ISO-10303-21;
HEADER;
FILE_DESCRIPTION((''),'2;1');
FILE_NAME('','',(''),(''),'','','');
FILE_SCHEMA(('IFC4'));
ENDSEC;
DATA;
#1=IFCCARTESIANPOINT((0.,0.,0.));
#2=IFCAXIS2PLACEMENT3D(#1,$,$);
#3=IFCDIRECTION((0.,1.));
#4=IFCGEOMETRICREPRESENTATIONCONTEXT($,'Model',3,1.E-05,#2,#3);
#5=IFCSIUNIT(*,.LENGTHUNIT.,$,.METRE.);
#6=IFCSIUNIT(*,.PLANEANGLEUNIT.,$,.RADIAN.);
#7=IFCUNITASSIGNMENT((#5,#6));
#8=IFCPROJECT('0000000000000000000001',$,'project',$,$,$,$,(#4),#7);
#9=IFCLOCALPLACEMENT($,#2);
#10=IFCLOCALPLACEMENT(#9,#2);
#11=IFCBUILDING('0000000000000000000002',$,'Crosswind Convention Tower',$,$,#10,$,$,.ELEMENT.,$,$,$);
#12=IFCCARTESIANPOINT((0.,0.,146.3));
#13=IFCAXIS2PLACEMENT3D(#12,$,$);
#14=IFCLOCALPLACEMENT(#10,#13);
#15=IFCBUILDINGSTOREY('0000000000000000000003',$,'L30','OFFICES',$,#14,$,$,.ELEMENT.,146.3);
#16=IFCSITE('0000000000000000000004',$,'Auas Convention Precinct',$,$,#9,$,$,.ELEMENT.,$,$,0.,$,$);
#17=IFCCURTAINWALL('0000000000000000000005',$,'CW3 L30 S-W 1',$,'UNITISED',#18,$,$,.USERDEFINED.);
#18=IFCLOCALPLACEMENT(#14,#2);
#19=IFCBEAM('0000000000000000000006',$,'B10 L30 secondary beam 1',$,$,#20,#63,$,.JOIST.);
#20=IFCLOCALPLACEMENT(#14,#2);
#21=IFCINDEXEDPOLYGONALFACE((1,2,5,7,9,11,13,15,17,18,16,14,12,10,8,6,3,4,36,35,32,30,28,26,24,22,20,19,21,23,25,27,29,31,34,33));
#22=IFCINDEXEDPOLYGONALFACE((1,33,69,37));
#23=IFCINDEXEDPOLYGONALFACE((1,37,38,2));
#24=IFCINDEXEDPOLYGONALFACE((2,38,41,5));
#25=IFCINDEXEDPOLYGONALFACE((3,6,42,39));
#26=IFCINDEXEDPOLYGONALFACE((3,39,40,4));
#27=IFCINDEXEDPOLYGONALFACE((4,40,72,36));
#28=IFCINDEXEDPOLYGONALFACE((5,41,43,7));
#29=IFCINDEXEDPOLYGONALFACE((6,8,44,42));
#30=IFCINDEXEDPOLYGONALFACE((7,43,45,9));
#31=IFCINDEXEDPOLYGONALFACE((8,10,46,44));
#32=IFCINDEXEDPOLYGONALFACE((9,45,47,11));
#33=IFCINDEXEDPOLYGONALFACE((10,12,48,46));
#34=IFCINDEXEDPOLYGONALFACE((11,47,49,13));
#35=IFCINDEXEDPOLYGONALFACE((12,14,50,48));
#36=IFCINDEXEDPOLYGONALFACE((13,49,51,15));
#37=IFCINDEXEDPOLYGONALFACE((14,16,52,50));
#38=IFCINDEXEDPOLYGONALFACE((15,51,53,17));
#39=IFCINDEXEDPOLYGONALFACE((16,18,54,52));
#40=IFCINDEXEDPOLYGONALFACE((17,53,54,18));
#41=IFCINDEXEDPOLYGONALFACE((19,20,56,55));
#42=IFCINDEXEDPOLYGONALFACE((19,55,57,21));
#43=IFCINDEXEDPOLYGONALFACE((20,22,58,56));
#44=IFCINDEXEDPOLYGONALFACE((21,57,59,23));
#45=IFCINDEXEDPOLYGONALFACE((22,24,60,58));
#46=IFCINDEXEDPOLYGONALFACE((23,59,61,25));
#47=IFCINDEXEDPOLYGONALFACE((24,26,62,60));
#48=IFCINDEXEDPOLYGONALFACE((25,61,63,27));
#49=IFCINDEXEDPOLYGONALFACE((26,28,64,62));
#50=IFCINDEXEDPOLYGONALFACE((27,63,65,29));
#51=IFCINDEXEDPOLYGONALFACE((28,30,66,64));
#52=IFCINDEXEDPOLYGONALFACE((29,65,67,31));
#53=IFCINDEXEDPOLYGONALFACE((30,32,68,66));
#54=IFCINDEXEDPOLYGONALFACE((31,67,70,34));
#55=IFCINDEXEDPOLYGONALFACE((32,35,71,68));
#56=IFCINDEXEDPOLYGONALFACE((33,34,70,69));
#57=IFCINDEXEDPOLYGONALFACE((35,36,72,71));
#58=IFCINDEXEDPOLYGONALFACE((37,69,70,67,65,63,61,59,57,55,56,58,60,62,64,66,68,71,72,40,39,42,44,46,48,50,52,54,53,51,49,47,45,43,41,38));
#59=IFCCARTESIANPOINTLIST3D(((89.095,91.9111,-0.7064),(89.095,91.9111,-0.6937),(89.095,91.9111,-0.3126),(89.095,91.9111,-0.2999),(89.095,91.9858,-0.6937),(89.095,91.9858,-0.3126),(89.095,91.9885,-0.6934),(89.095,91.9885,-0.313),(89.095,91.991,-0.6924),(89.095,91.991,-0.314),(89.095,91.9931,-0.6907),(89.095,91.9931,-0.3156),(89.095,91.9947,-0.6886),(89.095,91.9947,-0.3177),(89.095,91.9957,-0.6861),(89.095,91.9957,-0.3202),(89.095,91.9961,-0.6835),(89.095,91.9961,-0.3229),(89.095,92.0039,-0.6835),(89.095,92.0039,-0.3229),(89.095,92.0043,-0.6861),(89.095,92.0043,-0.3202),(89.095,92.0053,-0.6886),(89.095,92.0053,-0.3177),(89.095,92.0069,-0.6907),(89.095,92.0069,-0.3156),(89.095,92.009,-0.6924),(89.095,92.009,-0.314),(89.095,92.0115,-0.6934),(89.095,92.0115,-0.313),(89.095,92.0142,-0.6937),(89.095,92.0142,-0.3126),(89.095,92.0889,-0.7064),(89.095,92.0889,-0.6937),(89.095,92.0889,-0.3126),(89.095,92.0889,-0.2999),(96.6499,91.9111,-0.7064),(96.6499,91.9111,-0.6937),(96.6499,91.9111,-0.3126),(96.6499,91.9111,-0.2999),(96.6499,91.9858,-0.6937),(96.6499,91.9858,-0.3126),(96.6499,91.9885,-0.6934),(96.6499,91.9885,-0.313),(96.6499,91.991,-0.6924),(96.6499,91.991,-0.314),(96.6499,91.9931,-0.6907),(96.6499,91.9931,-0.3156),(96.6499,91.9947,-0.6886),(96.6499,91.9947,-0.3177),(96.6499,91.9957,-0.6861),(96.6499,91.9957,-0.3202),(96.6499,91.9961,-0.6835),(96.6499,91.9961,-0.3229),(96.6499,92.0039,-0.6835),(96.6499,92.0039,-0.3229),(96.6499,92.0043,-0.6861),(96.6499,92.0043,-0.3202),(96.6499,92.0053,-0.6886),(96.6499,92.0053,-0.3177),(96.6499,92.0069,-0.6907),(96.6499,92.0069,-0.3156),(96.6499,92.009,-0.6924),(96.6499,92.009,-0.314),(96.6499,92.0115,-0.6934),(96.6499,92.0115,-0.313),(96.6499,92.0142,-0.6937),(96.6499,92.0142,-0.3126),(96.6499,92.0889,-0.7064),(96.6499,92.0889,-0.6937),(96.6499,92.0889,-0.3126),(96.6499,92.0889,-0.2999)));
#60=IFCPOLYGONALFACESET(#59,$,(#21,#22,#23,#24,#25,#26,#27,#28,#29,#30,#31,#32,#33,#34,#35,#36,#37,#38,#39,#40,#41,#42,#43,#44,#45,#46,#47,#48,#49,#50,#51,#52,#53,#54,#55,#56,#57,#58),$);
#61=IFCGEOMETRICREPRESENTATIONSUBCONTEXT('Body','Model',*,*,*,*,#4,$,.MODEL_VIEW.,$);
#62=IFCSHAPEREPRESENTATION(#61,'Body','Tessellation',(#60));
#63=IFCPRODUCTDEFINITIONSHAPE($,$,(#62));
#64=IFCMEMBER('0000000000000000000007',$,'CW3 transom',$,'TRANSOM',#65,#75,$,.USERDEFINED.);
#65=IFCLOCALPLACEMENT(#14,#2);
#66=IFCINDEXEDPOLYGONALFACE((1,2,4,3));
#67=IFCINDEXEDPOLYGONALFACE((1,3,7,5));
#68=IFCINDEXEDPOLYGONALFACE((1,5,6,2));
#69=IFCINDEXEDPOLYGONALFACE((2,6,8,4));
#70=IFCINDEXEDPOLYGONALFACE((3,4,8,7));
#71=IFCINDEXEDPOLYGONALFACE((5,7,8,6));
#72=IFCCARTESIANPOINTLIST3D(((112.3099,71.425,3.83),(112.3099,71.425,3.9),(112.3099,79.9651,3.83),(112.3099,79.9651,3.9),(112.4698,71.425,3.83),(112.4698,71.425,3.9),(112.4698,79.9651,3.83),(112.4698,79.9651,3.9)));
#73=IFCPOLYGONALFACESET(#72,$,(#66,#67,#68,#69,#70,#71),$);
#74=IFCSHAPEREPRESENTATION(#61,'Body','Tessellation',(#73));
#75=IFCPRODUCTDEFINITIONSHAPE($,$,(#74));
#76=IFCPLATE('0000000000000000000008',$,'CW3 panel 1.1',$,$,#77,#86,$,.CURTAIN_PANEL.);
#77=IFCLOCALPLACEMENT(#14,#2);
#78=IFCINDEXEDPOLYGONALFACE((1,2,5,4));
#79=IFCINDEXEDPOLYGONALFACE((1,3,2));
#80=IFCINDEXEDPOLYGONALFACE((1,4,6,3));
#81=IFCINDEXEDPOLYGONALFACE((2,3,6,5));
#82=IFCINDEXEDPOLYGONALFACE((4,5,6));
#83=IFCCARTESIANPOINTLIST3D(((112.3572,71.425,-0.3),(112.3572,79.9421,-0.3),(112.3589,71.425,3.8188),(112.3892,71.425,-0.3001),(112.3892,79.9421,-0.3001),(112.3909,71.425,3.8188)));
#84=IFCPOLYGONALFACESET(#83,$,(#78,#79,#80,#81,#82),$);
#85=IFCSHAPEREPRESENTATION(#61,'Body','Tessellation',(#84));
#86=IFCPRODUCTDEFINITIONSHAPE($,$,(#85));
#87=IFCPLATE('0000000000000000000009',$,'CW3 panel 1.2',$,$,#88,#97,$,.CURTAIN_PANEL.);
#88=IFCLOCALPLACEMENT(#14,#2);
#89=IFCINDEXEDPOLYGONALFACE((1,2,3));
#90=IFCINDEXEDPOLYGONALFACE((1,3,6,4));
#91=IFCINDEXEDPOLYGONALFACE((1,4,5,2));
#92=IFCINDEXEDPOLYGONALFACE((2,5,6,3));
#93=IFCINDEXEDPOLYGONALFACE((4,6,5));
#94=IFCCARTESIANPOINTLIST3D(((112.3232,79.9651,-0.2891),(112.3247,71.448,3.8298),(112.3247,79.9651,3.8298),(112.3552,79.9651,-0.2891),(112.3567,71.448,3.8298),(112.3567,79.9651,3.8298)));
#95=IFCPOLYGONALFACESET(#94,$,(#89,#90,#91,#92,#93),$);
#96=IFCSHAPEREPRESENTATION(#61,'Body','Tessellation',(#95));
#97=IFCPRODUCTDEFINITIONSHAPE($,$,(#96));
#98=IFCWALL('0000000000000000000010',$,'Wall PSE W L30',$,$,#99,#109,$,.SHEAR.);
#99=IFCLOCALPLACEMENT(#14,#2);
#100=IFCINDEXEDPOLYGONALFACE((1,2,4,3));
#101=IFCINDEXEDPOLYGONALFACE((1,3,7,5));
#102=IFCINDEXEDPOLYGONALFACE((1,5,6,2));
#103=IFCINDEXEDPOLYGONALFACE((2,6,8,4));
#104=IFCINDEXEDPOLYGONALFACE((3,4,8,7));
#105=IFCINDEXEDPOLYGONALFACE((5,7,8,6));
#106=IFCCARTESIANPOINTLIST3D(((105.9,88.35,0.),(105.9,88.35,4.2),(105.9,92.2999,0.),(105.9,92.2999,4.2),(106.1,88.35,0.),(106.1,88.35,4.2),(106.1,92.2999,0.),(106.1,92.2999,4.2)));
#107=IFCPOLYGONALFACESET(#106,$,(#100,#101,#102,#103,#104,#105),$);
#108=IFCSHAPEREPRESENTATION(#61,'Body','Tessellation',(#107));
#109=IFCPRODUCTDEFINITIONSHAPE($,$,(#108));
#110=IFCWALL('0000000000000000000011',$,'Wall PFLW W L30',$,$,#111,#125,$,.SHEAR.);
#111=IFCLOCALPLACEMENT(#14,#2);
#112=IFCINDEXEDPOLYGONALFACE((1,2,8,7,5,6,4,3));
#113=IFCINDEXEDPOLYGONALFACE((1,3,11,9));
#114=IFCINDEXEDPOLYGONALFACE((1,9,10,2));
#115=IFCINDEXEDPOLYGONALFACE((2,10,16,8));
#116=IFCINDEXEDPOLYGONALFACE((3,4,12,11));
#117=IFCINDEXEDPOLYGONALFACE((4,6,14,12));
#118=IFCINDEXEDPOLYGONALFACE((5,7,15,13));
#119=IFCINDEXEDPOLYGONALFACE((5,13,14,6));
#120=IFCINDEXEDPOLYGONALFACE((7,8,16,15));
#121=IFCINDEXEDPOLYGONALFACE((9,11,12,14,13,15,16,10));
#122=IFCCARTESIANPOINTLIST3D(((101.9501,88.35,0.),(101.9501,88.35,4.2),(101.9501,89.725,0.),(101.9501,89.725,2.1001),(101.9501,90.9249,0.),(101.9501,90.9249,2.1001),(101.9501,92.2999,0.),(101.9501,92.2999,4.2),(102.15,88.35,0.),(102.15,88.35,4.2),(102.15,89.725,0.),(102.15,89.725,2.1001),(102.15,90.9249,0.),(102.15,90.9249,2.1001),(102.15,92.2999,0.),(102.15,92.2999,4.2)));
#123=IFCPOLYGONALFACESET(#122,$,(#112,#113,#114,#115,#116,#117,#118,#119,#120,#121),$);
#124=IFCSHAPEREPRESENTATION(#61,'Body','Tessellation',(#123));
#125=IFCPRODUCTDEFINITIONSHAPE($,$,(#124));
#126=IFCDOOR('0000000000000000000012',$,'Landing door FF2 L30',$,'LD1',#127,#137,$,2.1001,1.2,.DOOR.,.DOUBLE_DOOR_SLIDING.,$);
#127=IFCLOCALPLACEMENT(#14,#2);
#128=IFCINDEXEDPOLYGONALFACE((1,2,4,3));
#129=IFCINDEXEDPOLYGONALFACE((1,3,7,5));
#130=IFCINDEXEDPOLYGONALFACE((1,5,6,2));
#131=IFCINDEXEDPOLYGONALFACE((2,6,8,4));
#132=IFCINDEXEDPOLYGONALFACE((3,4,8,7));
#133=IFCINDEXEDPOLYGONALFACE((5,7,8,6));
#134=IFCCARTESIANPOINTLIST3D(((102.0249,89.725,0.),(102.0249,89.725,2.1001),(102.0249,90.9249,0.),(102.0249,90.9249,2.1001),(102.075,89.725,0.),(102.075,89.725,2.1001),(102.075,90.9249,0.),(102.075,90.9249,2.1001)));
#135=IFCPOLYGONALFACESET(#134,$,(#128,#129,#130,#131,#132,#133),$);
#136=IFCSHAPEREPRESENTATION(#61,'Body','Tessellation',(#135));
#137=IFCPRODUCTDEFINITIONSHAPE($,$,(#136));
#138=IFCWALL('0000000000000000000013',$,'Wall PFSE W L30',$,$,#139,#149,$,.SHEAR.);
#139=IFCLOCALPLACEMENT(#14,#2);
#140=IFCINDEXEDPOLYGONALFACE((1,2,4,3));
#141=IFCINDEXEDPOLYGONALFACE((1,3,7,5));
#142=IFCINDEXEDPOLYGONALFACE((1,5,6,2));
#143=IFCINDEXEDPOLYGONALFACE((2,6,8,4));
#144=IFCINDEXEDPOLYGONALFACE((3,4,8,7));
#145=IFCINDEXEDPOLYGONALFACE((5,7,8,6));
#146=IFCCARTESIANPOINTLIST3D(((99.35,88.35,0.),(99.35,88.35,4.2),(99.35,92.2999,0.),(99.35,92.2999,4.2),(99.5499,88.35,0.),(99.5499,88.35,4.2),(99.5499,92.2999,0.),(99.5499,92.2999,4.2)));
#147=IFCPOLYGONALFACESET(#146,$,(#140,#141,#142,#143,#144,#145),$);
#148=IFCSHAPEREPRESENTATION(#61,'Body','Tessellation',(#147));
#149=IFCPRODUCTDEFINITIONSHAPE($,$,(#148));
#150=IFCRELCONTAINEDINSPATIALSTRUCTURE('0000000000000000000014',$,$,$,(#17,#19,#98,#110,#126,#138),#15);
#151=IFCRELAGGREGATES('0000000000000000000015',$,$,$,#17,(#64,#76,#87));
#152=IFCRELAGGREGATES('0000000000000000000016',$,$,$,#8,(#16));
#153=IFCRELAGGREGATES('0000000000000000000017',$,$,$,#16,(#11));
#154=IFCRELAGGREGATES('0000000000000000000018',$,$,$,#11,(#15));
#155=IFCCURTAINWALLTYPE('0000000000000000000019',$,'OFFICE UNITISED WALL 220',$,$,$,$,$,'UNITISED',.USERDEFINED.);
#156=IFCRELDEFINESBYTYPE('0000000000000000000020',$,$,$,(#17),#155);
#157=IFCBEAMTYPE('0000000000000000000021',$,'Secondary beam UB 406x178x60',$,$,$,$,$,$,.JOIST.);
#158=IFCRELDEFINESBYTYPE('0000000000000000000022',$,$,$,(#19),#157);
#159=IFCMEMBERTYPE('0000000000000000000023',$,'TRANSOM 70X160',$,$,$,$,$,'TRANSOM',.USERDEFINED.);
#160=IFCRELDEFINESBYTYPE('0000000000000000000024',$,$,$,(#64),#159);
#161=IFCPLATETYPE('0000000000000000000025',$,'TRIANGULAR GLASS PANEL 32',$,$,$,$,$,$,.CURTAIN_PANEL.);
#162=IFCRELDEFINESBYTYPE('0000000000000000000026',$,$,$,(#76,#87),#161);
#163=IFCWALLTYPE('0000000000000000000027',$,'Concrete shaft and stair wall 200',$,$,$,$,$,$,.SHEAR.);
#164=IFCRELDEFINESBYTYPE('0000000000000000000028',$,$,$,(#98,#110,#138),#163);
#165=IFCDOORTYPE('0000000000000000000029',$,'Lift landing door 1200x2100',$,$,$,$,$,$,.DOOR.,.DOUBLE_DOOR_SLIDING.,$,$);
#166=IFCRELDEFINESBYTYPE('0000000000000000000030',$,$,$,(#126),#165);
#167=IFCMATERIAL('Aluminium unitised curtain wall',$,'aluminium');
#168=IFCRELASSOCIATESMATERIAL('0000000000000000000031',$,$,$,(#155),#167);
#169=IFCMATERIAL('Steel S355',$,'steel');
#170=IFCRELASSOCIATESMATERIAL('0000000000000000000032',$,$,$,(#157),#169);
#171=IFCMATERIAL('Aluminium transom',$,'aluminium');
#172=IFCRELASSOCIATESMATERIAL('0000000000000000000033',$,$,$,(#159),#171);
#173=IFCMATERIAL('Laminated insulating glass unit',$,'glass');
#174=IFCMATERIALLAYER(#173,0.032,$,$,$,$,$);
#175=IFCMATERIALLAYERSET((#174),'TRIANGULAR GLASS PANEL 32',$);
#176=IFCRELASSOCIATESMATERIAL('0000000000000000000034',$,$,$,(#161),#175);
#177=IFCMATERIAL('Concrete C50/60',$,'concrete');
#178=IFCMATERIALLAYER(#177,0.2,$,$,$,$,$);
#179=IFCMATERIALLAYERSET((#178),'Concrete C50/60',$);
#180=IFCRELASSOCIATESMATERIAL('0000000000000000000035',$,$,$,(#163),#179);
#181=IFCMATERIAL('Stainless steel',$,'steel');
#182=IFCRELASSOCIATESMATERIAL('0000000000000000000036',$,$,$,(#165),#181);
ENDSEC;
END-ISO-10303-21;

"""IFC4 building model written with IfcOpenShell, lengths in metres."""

from ifc_helpers import new_model, si_unit, direction, frame, frame_2d, origin, origin_2d, place, context, subcontext, project, spatial, polyline, rectangle, i_section, outline, extrude, material, layer, layer_set, material_profile, profile_set, type_object, element, fill, aggregate, save


model = new_model("IFC4")

# Units and contexts
model_context = context("Model", 3, precision=1e-05, world=origin(), true_north=direction((0.0, 1.0)))
body_context = subcontext(model_context, "Body", "Model", "MODEL_VIEW")
ifc_project = project(units=[si_unit("LENGTHUNIT", "METRE"), si_unit("PLANEANGLEUNIT", "RADIAN")], contexts=[model_context])

# Site, building, storey
site_placement = place(None, origin())
site = spatial("IfcSite", under=ifc_project, at=site_placement, Name="Auas Convention Precinct", CompositionType="ELEMENT", RefElevation=0.0)
building_placement = place(site_placement, origin())
building = spatial("IfcBuilding", under=site, at=building_placement, Name="Crosswind Convention Tower", CompositionType="ELEMENT")
storey_placement = place(building_placement, frame((0.0, 0.0, 146.3)))
storey = spatial("IfcBuildingStorey", under=building, at=storey_placement, Name="L30", Description="OFFICES", CompositionType="ELEMENT", Elevation=146.3)

# Shared definitions
ifc_material_1 = material(Name="Steel S355", Category="steel")

# Curtain wall
ifc_material_2 = material(Name="Aluminium unitised curtain wall", Category="aluminium")
curtain_wall_type_1 = type_object("IfcCurtainWallType", Name="OFFICE UNITISED WALL 220", ElementType="UNITISED", PredefinedType="USERDEFINED", material=ifc_material_2)
curtain_wall_1_placement = place(storey_placement, origin())
curtain_wall_1 = element("IfcCurtainWall", 1, at=curtain_wall_1_placement, inside=storey, type_object=curtain_wall_type_1, Name="CW3 L30 S-W 1", ObjectType="UNITISED", PredefinedType="USERDEFINED")

# Beam
ifc_material_profile_1 = material_profile(ifc_material_1, i_section(OverallWidth=0.1777, OverallDepth=0.4065, WebThickness=0.0078, FlangeThickness=0.0127, FilletRadius=0.0103, at=origin_2d()), Name="UB 406x178x60")
ifc_profile_set_1 = profile_set([ifc_material_profile_1], Name="Steel S355")
beam_type_1 = type_object("IfcBeamType", Name="Secondary beam UB 406x178x60", PredefinedType="JOIST", material=ifc_profile_set_1)
beam_1_placement = place(storey_placement, frame((89.095, 92.0, -0.5032), z_axis=(1.0, 0.0, 0.0), x_axis=(0.0, 1.0, 0.0)))
element("IfcBeam", 2, at=beam_1_placement, inside=storey, type_object=beam_type_1, Name="B10 L30 secondary beam 1", PredefinedType="JOIST", context=body_context, shape_type="SweptSolid", body=[
    extrude(i_section(OverallWidth=0.1777, OverallDepth=0.4065, WebThickness=0.0078, FlangeThickness=0.0127, FilletRadius=0.0103, at=origin_2d()), origin(), (0.0, 0.0, 1.0), 7.5549),
])

# Member
ifc_material_3 = material(Name="Aluminium transom", Category="aluminium")
ifc_material_profile_2 = material_profile(ifc_material_3, rectangle(XDim=0.1599, YDim=0.0701, at=origin_2d()), Name="AL 160X70")
ifc_profile_set_2 = profile_set([ifc_material_profile_2], Name="Aluminium transom")
member_type_1 = type_object("IfcMemberType", Name="TRANSOM 70X160", ElementType="TRANSOM", PredefinedType="USERDEFINED", material=ifc_profile_set_2)
member_1_placement = place(storey_placement, frame((112.3899, 79.9651, 3.865), z_axis=(0.0, -1.0, 0.0), x_axis=(1.0, 0.0, 0.0)))
member_1 = element("IfcMember", 3, at=member_1_placement, type_object=member_type_1, Name="CW3 transom", ObjectType="TRANSOM", PredefinedType="USERDEFINED", context=body_context, shape_type="SweptSolid", body=[
    extrude(rectangle(XDim=0.1599, YDim=0.0701, at=origin_2d()), origin(), (0.0, 0.0, 1.0), 8.54),
])

# Plates
ifc_material_4 = material(Name="Laminated insulating glass unit", Category="glass")
ifc_layer_1 = layer(ifc_material_4, 0.032)
ifc_layer_set_1 = layer_set([ifc_layer_1], Name="TRIANGULAR GLASS PANEL 32")
plate_type = type_object("IfcPlateType", Name="TRIANGULAR GLASS PANEL 32", PredefinedType="CURTAIN_PANEL", material=ifc_layer_set_1)
plate_1_placement = place(storey_placement, frame((112.3572, 71.425, -0.3), z_axis=(-1.0, 0.0, 0.000415), x_axis=(0.000415, 0.0, 1.0)))
plate_1 = element("IfcPlate", 4, at=plate_1_placement, type_object=plate_type, Name="CW3 panel 1.1", PredefinedType="CURTAIN_PANEL", context=body_context, shape_type="SweptSolid", body=[
    extrude(outline(polyline([(0.0, 0.0), (4.1189, 0.0), (0.0, 8.5171), (0.0, 0.0)])), origin(), (0.0, 0.0, -1.0), 0.032),
])
plate_2_placement = place(storey_placement, frame((112.3247, 79.9651, 3.8298), z_axis=(-1.0, 0.0, 0.000356), x_axis=(-0.000356, 0.0, -1.0)))
plate_2 = element("IfcPlate", 5, at=plate_2_placement, type_object=plate_type, Name="CW3 panel 1.2", PredefinedType="CURTAIN_PANEL", context=body_context, shape_type="SweptSolid", body=[
    extrude(outline(polyline([(0.0, 0.0), (4.1189, 0.0), (0.0, 8.5171), (0.0, 0.0)])), origin(), (0.0, 0.0, -1.0), 0.032),
])

# Wall
ifc_material_5 = material(Name="Concrete C50/60", Category="concrete")
ifc_layer_2 = layer(ifc_material_5, 0.2)
ifc_layer_set_2 = layer_set([ifc_layer_2], Name="Concrete C50/60")
wall_type_1 = type_object("IfcWallType", Name="Concrete shaft and stair wall 200", PredefinedType="SHEAR", material=ifc_layer_set_2)
wall_1_placement = place(storey_placement, frame((106.0, 92.3, 0.0), z_axis=(0.0, 0.0, 1.0), x_axis=(0.0, -1.0, 0.0)))
element("IfcWall", 6, at=wall_1_placement, inside=storey, type_object=wall_type_1, Name="Wall PSE W L30", PredefinedType="SHEAR", context=body_context, shape_type="SweptSolid", body=[
    extrude(rectangle(XDim=3.95, YDim=0.2, at=frame_2d((1.9751, 0.0))), origin(), (0.0, 0.0, 1.0), 4.2),
])

# Wall, opening, door
wall_2_placement = place(storey_placement, frame((102.05, 92.3, 0.0), z_axis=(0.0, 0.0, 1.0), x_axis=(0.0, -1.0, 0.0)))
wall_2 = element("IfcWall", 7, at=wall_2_placement, inside=storey, type_object=wall_type_1, Name="Wall PFLW W L30", PredefinedType="SHEAR", context=body_context, shape_type="SweptSolid", body=[
    extrude(rectangle(XDim=3.95, YDim=0.2, at=frame_2d((1.9751, 0.0))), origin(), (0.0, 0.0, 1.0), 4.2),
])
opening_1_placement = place(wall_2_placement, frame((1.375, 0.0, 0.0)))
opening_1 = element("IfcOpeningElement", 8, at=opening_1_placement, cuts=wall_2, PredefinedType="OPENING", context=body_context, shape_type="SweptSolid", body=[
    extrude(rectangle(XDim=1.2, YDim=2.1001, at=frame_2d((0.6001, 1.05))), frame((0.0, 0.1099, 0.0), z_axis=(0.0, -1.0, 0.0), x_axis=(1.0, 0.0, 0.0)), (0.0, 0.0, 1.0), 0.22),
])
ifc_material_6 = material(Name="Stainless steel", Category="steel")
door_type_1 = type_object("IfcDoorType", Name="Lift landing door 1200x2100", OperationType="DOUBLE_DOOR_SLIDING", PredefinedType="DOOR", material=ifc_material_6)
door_1_placement = place(opening_1_placement, origin())
door_1 = element("IfcDoor", 9, at=door_1_placement, inside=storey, type_object=door_type_1, Name="Landing door FF2 L30", ObjectType="LD1", OperationType="DOUBLE_DOOR_SLIDING", OverallHeight=2.1001, OverallWidth=1.2, PredefinedType="DOOR", context=body_context, shape_type="SweptSolid", body=[
    extrude(rectangle(XDim=1.2, YDim=2.1001, at=frame_2d((0.6001, 1.05))), frame((0.0, 0.0249, 0.0), z_axis=(0.0, -1.0, 0.0), x_axis=(1.0, 0.0, 0.0)), (0.0, 0.0, 1.0), 0.05),
])
fill(opening_1, door_1)

# Wall
wall_3_placement = place(storey_placement, frame((99.45, 92.3, 0.0), z_axis=(0.0, 0.0, 1.0), x_axis=(0.0, -1.0, 0.0)))
element("IfcWall", 10, at=wall_3_placement, inside=storey, type_object=wall_type_1, Name="Wall PFSE W L30", PredefinedType="SHEAR", context=body_context, shape_type="SweptSolid", body=[
    extrude(rectangle(XDim=3.95, YDim=0.2, at=frame_2d((1.9751, 0.0))), origin(), (0.0, 0.0, 1.0), 4.2),
])

aggregate(curtain_wall_1, [member_1, plate_1, plate_2])

save(model, "model.ifc")
